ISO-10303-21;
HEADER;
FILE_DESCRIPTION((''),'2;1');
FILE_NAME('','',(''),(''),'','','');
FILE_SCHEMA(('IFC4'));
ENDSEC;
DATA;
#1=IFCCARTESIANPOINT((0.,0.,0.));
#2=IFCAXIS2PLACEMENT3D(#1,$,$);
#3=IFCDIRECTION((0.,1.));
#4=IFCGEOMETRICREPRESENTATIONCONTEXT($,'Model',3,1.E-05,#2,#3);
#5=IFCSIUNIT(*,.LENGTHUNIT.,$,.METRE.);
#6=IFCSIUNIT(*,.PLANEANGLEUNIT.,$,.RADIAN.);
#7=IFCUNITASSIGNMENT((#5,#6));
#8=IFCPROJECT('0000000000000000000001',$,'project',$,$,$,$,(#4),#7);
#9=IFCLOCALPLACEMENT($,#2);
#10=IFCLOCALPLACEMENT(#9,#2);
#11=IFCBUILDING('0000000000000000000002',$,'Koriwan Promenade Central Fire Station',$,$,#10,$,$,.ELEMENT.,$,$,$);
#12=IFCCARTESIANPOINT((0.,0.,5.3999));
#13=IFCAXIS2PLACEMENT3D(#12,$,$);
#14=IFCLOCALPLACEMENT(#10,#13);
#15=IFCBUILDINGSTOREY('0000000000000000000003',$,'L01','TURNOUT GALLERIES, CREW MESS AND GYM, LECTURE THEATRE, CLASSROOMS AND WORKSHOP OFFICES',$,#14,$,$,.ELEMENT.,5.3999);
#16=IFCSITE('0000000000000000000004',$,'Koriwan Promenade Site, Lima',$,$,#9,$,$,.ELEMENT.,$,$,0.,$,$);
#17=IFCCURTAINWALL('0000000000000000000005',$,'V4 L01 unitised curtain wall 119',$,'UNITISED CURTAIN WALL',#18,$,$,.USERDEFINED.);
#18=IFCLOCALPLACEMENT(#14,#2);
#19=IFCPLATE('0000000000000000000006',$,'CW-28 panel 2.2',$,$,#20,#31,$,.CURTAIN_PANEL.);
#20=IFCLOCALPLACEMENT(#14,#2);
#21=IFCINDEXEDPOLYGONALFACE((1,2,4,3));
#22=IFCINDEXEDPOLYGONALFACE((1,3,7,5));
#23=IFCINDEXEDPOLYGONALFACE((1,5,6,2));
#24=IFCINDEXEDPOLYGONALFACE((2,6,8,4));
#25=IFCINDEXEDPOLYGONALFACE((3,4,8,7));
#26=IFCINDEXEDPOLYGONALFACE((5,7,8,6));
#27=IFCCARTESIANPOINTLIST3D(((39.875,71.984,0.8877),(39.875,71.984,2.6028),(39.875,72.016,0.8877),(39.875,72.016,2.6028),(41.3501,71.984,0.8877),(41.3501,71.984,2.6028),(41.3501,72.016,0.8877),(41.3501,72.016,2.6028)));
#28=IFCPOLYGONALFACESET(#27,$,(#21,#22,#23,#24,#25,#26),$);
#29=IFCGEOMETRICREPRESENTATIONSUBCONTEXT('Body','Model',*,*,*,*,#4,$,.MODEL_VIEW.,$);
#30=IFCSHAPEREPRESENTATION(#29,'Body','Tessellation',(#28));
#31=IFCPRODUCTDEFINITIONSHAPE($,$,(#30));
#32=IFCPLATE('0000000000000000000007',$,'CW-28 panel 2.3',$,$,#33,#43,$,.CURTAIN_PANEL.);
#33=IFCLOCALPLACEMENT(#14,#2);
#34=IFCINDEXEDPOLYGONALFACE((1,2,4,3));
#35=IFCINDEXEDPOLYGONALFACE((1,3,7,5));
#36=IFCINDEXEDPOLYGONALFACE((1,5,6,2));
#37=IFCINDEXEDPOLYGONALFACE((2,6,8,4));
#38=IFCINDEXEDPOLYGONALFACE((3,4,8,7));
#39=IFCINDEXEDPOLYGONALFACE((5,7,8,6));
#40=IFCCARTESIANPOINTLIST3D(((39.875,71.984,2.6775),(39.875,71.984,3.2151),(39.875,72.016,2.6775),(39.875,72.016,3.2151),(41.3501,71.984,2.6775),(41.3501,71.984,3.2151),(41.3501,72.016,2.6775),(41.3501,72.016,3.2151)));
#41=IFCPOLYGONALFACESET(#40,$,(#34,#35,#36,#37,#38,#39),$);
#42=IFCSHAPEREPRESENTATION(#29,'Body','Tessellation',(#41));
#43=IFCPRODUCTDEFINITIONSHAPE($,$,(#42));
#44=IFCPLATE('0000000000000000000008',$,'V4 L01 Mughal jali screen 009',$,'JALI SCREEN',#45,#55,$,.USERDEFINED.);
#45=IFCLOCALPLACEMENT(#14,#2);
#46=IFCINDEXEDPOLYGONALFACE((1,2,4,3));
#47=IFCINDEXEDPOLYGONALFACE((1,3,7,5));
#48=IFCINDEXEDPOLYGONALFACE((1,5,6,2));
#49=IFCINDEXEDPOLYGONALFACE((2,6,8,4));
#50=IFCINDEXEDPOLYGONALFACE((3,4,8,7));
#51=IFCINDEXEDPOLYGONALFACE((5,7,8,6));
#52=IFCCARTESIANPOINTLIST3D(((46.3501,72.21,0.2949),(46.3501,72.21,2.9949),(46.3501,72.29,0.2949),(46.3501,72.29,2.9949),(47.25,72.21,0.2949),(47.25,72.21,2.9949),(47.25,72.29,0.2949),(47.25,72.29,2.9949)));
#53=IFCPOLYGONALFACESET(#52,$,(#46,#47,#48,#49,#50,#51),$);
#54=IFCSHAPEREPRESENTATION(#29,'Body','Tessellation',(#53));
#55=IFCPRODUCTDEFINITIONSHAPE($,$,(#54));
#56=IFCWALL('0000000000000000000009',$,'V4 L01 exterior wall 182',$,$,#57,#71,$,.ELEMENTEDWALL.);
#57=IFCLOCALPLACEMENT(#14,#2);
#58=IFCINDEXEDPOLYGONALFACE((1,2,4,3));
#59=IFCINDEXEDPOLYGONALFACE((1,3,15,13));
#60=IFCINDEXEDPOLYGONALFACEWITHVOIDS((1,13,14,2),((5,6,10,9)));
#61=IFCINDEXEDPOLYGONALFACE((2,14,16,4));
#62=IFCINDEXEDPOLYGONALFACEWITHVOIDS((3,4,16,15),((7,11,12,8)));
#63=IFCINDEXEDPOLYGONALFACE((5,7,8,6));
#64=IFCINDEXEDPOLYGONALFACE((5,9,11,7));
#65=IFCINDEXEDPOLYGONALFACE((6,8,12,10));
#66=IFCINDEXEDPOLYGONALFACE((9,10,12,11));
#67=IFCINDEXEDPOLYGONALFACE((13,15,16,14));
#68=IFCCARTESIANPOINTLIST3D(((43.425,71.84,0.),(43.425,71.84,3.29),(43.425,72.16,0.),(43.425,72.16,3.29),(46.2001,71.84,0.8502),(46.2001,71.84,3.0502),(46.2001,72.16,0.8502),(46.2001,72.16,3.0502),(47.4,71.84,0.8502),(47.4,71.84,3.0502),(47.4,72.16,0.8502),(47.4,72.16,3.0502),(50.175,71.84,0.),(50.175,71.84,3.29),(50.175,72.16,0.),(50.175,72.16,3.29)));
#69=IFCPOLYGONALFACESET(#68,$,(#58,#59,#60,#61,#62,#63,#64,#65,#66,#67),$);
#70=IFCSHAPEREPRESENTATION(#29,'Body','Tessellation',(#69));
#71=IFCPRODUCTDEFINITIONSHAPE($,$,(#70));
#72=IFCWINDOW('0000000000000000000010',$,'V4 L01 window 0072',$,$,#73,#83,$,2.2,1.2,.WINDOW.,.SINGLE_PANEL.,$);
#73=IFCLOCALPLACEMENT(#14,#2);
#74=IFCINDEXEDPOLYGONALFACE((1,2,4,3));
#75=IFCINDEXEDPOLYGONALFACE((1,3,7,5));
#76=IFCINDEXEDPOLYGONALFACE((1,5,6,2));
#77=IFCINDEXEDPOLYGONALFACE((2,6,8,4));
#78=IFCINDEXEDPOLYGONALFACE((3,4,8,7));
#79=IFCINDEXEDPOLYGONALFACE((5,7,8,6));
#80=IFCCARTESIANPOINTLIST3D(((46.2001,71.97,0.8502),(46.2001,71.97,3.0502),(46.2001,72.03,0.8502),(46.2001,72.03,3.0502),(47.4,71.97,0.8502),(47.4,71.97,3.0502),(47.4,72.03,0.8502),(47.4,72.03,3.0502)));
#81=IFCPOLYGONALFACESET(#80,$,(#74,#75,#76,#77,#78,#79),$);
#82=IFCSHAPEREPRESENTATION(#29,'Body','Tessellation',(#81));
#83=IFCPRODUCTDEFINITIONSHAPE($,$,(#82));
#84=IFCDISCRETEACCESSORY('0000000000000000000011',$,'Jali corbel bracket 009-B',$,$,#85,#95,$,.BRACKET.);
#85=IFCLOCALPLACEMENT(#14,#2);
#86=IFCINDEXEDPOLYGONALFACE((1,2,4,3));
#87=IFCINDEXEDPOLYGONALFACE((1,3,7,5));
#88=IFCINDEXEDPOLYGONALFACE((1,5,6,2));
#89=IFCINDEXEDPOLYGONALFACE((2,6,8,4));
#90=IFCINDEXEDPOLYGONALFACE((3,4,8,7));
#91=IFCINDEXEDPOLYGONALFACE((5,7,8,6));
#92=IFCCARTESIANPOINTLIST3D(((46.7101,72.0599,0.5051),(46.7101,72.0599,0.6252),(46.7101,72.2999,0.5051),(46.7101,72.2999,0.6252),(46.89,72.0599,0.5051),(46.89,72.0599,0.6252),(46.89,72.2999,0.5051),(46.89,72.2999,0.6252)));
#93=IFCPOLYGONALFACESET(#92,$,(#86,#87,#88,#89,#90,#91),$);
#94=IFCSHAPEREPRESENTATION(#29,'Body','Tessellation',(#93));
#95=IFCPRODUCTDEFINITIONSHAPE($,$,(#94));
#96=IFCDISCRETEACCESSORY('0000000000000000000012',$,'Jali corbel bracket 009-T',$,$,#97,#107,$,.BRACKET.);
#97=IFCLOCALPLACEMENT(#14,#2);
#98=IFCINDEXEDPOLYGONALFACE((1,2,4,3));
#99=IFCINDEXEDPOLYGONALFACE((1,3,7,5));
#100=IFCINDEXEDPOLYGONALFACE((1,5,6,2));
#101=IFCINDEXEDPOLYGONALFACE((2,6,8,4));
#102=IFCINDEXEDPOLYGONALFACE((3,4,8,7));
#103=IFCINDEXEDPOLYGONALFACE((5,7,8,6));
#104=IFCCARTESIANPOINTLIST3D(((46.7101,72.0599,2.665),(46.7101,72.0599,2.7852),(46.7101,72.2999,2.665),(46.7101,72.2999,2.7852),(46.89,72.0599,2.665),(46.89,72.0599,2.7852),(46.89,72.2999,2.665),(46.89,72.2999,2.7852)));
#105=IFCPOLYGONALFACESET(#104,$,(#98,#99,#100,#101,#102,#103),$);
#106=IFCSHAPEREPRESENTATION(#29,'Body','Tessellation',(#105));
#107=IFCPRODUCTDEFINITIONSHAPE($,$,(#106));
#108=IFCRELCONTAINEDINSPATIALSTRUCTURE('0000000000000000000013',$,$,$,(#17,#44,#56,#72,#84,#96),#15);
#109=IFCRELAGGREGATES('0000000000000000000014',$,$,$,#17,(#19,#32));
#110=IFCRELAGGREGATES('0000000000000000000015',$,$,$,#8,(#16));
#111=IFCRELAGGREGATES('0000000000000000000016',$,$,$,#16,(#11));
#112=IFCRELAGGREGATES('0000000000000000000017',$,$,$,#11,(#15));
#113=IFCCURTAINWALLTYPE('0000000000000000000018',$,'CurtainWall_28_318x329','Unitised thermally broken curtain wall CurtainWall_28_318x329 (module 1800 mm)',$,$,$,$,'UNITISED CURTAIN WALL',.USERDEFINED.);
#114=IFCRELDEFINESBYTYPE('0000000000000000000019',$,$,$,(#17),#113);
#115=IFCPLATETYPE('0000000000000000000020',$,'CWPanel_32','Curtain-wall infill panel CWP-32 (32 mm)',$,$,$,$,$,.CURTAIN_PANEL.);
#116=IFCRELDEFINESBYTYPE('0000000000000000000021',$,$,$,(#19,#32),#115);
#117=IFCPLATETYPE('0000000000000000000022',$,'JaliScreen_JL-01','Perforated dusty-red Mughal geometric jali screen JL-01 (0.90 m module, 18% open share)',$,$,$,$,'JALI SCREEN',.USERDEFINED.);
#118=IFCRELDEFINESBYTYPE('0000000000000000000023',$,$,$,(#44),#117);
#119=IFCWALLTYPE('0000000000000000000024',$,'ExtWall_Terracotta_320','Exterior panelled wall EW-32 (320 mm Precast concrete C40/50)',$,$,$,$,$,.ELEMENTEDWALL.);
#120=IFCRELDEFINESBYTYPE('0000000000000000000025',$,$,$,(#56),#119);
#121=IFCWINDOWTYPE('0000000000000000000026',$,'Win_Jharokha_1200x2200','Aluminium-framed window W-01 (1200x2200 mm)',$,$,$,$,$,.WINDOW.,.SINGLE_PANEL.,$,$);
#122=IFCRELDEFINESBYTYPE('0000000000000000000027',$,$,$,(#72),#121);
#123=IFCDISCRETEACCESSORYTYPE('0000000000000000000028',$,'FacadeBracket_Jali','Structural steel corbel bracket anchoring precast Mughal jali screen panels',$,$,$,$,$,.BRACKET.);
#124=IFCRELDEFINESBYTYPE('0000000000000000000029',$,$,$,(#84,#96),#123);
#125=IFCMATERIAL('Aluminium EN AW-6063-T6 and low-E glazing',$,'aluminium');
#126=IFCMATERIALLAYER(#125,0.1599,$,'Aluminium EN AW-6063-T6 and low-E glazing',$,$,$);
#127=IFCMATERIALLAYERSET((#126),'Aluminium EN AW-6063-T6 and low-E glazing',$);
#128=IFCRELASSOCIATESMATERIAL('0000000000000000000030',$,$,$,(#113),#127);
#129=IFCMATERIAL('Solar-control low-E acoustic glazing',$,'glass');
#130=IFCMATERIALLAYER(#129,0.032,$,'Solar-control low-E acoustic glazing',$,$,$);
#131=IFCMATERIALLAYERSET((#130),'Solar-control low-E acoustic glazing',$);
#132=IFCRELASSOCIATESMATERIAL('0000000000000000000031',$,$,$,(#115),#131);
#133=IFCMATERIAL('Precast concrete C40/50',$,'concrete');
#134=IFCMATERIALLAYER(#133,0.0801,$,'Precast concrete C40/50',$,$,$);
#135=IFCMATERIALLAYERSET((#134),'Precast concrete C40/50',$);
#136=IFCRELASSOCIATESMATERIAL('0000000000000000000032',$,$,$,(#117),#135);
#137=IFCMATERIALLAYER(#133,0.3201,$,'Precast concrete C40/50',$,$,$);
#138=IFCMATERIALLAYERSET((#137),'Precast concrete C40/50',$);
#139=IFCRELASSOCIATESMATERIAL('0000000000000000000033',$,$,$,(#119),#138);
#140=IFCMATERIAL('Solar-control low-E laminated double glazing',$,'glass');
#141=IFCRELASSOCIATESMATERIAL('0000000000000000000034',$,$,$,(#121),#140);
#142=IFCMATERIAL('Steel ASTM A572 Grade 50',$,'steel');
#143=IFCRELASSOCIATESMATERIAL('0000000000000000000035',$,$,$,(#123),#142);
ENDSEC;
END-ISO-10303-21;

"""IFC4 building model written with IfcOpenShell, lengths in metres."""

from ifc_helpers import new_model, si_unit, direction, frame, frame_2d, origin, origin_2d, place, context, subcontext, project, spatial, rectangle, extrude, material, layer, layer_set, type_object, element, fill, aggregate, save


model = new_model("IFC4")

# Units and contexts
model_context = context("Model", 3, precision=1e-05, world=origin(), true_north=direction((0.0, 1.0)))
body_context = subcontext(model_context, "Body", "Model", "MODEL_VIEW")
ifc_project = project(units=[si_unit("LENGTHUNIT", "METRE"), si_unit("PLANEANGLEUNIT", "RADIAN")], contexts=[model_context])

# Site, building, storey
site_placement = place(None, origin())
site = spatial("IfcSite", under=ifc_project, at=site_placement, Name="Koriwan Promenade Site, Lima", CompositionType="ELEMENT", RefElevation=0.0)
building_placement = place(site_placement, origin())
building = spatial("IfcBuilding", under=site, at=building_placement, Name="Koriwan Promenade Central Fire Station", CompositionType="ELEMENT")
storey_placement = place(building_placement, frame((0.0, 0.0, 5.3999)))
storey = spatial("IfcBuildingStorey", under=building, at=storey_placement, Name="L01", Description="TURNOUT GALLERIES, CREW MESS AND GYM, LECTURE THEATRE, CLASSROOMS AND WORKSHOP OFFICES", CompositionType="ELEMENT", Elevation=5.3999)

# Curtain wall
ifc_material_1 = material(Name="Aluminium EN AW-6063-T6 and low-E glazing", Category="aluminium")
ifc_layer_1 = layer(ifc_material_1, 0.1599, Name="Aluminium EN AW-6063-T6 and low-E glazing")
ifc_layer_set_1 = layer_set([ifc_layer_1], Name="Aluminium EN AW-6063-T6 and low-E glazing")
curtain_wall_type_1 = type_object("IfcCurtainWallType", Name="CurtainWall_28_318x329", Description="Unitised thermally broken curtain wall CurtainWall_28_318x329 (module 1800 mm)", ElementType="UNITISED CURTAIN WALL", PredefinedType="USERDEFINED", material=ifc_layer_set_1)
curtain_wall_1_placement = place(storey_placement, origin())
curtain_wall_1 = element("IfcCurtainWall", 1, at=curtain_wall_1_placement, inside=storey, type_object=curtain_wall_type_1, Name="V4 L01 unitised curtain wall 119", ObjectType="UNITISED CURTAIN WALL", PredefinedType="USERDEFINED")

# Plates
ifc_material_2 = material(Name="Solar-control low-E acoustic glazing", Category="glass")
ifc_layer_2 = layer(ifc_material_2, 0.032, Name="Solar-control low-E acoustic glazing")
ifc_layer_set_2 = layer_set([ifc_layer_2], Name="Solar-control low-E acoustic glazing")
plate_type_1 = type_object("IfcPlateType", Name="CWPanel_32", Description="Curtain-wall infill panel CWP-32 (32 mm)", PredefinedType="CURTAIN_PANEL", material=ifc_layer_set_2)
plate_1_placement = place(storey_placement, frame((40.6125, 72.0, 0.8877), z_axis=(0.0, 0.0, 1.0), x_axis=(-1.0, 0.0, 0.0)))
plate_1 = element("IfcPlate", 2, at=plate_1_placement, type_object=plate_type_1, Name="CW-28 panel 2.2", PredefinedType="CURTAIN_PANEL", context=body_context, shape_type="SweptSolid", body=[
    extrude(rectangle(XDim=1.4751, YDim=0.032, at=origin_2d()), origin(), (0.0, 0.0, 1.0), 1.7151),
])
plate_2_placement = place(storey_placement, frame((40.6125, 72.0, 2.6775), z_axis=(0.0, 0.0, 1.0), x_axis=(-1.0, 0.0, 0.0)))
plate_2 = element("IfcPlate", 3, at=plate_2_placement, type_object=plate_type_1, Name="CW-28 panel 2.3", PredefinedType="CURTAIN_PANEL", context=body_context, shape_type="SweptSolid", body=[
    extrude(rectangle(XDim=1.4751, YDim=0.032, at=origin_2d()), origin(), (0.0, 0.0, 1.0), 0.5376),
])
aggregate(curtain_wall_1, [plate_1, plate_2])
ifc_material_3 = material(Name="Precast concrete C40/50", Category="concrete")
ifc_layer_3 = layer(ifc_material_3, 0.0801, Name="Precast concrete C40/50")
ifc_layer_set_3 = layer_set([ifc_layer_3], Name="Precast concrete C40/50")
plate_type_2 = type_object("IfcPlateType", Name="JaliScreen_JL-01", Description="Perforated dusty-red Mughal geometric jali screen JL-01 (0.90 m module, 18% open share)", ElementType="JALI SCREEN", PredefinedType="USERDEFINED", material=ifc_layer_set_3)
plate_3_placement = place(storey_placement, frame((46.8, 72.25, 0.2949), z_axis=(0.0, 0.0, 1.0), x_axis=(-1.0, 0.0, 0.0)))
element("IfcPlate", 4, at=plate_3_placement, inside=storey, type_object=plate_type_2, Name="V4 L01 Mughal jali screen 009", ObjectType="JALI SCREEN", PredefinedType="USERDEFINED", context=body_context, shape_type="SweptSolid", body=[
    extrude(rectangle(XDim=0.8999, YDim=0.0801, at=origin_2d()), origin(), (0.0, 0.0, 1.0), 2.7),
])

# Wall, opening, window
ifc_layer_4 = layer(ifc_material_3, 0.3201, Name="Precast concrete C40/50")
ifc_layer_set_4 = layer_set([ifc_layer_4], Name="Precast concrete C40/50")
wall_type = type_object("IfcWallType", Name="ExtWall_Terracotta_320", Description="Exterior panelled wall EW-32 (320 mm Precast concrete C40/50)", PredefinedType="ELEMENTEDWALL", material=ifc_layer_set_4)
wall_placement = place(storey_placement, frame((50.175, 72.0, 0.0), z_axis=(0.0, 0.0, 1.0), x_axis=(-1.0, 0.0, 0.0)))
wall = element("IfcWall", 5, at=wall_placement, inside=storey, type_object=wall_type, Name="V4 L01 exterior wall 182", PredefinedType="ELEMENTEDWALL", context=body_context, shape_type="SweptSolid", body=[
    extrude(rectangle(XDim=6.75, YDim=0.3201, at=frame_2d((3.375, 0.0))), origin(), (0.0, 0.0, 1.0), 3.29),
])
opening_placement = place(wall_placement, frame((2.7749, 0.0, 0.8501)))
opening = element("IfcOpeningElement", 6, at=opening_placement, cuts=wall, PredefinedType="OPENING", context=body_context, shape_type="SweptSolid", body=[
    extrude(rectangle(XDim=1.2, YDim=2.2, at=frame_2d((0.6001, 1.1001))), frame((0.0, 0.1719, 0.0), z_axis=(0.0, -1.0, 0.0), x_axis=(1.0, 0.0, 0.0)), (0.0, 0.0, 1.0), 0.344),
])
ifc_material_4 = material(Name="Solar-control low-E laminated double glazing", Category="glass")
window_type = type_object("IfcWindowType", Name="Win_Jharokha_1200x2200", Description="Aluminium-framed window W-01 (1200x2200 mm)", PartitioningType="SINGLE_PANEL", PredefinedType="WINDOW", material=ifc_material_4)
window_placement = place(opening_placement, origin())
window = element("IfcWindow", 7, at=window_placement, inside=storey, type_object=window_type, Name="V4 L01 window 0072", OverallHeight=2.2, OverallWidth=1.2, PartitioningType="SINGLE_PANEL", PredefinedType="WINDOW", context=body_context, shape_type="SweptSolid", body=[
    extrude(rectangle(XDim=1.2, YDim=2.2, at=frame_2d((0.6001, 1.1001))), frame((0.0, 0.03, 0.0), z_axis=(0.0, -1.0, 0.0), x_axis=(1.0, 0.0, 0.0)), (0.0, 0.0, 1.0), 0.0601),
])
fill(opening, window)

# Discrete accessories
ifc_material_5 = material(Name="Steel ASTM A572 Grade 50", Category="steel")
discrete_accessory_type = type_object("IfcDiscreteAccessoryType", Name="FacadeBracket_Jali", Description="Structural steel corbel bracket anchoring precast Mughal jali screen panels", PredefinedType="BRACKET", material=ifc_material_5)
for number, where, z_axis, x_axis, name in (
    (8, (46.8, 72.1799, 0.5051), (0.0, 0.0, 1.0), (0.0, 1.0, 0.0), "Jali corbel bracket 009-B"),
    (9, (46.8, 72.1799, 2.665), (0.0, 0.0, 1.0), (0.0, 1.0, 0.0), "Jali corbel bracket 009-T"),
):
    element("IfcDiscreteAccessory", number, at=place(storey_placement, frame(where, z_axis=z_axis, x_axis=x_axis)), inside=storey, type_object=discrete_accessory_type, Name=name, PredefinedType="BRACKET", context=body_context, shape_type="SweptSolid", body=[
        extrude(rectangle(XDim=0.24, YDim=0.1799, at=origin_2d()), origin(), (0.0, 0.0, 1.0), 0.1201),
    ])

save(model, "model.ifc")
